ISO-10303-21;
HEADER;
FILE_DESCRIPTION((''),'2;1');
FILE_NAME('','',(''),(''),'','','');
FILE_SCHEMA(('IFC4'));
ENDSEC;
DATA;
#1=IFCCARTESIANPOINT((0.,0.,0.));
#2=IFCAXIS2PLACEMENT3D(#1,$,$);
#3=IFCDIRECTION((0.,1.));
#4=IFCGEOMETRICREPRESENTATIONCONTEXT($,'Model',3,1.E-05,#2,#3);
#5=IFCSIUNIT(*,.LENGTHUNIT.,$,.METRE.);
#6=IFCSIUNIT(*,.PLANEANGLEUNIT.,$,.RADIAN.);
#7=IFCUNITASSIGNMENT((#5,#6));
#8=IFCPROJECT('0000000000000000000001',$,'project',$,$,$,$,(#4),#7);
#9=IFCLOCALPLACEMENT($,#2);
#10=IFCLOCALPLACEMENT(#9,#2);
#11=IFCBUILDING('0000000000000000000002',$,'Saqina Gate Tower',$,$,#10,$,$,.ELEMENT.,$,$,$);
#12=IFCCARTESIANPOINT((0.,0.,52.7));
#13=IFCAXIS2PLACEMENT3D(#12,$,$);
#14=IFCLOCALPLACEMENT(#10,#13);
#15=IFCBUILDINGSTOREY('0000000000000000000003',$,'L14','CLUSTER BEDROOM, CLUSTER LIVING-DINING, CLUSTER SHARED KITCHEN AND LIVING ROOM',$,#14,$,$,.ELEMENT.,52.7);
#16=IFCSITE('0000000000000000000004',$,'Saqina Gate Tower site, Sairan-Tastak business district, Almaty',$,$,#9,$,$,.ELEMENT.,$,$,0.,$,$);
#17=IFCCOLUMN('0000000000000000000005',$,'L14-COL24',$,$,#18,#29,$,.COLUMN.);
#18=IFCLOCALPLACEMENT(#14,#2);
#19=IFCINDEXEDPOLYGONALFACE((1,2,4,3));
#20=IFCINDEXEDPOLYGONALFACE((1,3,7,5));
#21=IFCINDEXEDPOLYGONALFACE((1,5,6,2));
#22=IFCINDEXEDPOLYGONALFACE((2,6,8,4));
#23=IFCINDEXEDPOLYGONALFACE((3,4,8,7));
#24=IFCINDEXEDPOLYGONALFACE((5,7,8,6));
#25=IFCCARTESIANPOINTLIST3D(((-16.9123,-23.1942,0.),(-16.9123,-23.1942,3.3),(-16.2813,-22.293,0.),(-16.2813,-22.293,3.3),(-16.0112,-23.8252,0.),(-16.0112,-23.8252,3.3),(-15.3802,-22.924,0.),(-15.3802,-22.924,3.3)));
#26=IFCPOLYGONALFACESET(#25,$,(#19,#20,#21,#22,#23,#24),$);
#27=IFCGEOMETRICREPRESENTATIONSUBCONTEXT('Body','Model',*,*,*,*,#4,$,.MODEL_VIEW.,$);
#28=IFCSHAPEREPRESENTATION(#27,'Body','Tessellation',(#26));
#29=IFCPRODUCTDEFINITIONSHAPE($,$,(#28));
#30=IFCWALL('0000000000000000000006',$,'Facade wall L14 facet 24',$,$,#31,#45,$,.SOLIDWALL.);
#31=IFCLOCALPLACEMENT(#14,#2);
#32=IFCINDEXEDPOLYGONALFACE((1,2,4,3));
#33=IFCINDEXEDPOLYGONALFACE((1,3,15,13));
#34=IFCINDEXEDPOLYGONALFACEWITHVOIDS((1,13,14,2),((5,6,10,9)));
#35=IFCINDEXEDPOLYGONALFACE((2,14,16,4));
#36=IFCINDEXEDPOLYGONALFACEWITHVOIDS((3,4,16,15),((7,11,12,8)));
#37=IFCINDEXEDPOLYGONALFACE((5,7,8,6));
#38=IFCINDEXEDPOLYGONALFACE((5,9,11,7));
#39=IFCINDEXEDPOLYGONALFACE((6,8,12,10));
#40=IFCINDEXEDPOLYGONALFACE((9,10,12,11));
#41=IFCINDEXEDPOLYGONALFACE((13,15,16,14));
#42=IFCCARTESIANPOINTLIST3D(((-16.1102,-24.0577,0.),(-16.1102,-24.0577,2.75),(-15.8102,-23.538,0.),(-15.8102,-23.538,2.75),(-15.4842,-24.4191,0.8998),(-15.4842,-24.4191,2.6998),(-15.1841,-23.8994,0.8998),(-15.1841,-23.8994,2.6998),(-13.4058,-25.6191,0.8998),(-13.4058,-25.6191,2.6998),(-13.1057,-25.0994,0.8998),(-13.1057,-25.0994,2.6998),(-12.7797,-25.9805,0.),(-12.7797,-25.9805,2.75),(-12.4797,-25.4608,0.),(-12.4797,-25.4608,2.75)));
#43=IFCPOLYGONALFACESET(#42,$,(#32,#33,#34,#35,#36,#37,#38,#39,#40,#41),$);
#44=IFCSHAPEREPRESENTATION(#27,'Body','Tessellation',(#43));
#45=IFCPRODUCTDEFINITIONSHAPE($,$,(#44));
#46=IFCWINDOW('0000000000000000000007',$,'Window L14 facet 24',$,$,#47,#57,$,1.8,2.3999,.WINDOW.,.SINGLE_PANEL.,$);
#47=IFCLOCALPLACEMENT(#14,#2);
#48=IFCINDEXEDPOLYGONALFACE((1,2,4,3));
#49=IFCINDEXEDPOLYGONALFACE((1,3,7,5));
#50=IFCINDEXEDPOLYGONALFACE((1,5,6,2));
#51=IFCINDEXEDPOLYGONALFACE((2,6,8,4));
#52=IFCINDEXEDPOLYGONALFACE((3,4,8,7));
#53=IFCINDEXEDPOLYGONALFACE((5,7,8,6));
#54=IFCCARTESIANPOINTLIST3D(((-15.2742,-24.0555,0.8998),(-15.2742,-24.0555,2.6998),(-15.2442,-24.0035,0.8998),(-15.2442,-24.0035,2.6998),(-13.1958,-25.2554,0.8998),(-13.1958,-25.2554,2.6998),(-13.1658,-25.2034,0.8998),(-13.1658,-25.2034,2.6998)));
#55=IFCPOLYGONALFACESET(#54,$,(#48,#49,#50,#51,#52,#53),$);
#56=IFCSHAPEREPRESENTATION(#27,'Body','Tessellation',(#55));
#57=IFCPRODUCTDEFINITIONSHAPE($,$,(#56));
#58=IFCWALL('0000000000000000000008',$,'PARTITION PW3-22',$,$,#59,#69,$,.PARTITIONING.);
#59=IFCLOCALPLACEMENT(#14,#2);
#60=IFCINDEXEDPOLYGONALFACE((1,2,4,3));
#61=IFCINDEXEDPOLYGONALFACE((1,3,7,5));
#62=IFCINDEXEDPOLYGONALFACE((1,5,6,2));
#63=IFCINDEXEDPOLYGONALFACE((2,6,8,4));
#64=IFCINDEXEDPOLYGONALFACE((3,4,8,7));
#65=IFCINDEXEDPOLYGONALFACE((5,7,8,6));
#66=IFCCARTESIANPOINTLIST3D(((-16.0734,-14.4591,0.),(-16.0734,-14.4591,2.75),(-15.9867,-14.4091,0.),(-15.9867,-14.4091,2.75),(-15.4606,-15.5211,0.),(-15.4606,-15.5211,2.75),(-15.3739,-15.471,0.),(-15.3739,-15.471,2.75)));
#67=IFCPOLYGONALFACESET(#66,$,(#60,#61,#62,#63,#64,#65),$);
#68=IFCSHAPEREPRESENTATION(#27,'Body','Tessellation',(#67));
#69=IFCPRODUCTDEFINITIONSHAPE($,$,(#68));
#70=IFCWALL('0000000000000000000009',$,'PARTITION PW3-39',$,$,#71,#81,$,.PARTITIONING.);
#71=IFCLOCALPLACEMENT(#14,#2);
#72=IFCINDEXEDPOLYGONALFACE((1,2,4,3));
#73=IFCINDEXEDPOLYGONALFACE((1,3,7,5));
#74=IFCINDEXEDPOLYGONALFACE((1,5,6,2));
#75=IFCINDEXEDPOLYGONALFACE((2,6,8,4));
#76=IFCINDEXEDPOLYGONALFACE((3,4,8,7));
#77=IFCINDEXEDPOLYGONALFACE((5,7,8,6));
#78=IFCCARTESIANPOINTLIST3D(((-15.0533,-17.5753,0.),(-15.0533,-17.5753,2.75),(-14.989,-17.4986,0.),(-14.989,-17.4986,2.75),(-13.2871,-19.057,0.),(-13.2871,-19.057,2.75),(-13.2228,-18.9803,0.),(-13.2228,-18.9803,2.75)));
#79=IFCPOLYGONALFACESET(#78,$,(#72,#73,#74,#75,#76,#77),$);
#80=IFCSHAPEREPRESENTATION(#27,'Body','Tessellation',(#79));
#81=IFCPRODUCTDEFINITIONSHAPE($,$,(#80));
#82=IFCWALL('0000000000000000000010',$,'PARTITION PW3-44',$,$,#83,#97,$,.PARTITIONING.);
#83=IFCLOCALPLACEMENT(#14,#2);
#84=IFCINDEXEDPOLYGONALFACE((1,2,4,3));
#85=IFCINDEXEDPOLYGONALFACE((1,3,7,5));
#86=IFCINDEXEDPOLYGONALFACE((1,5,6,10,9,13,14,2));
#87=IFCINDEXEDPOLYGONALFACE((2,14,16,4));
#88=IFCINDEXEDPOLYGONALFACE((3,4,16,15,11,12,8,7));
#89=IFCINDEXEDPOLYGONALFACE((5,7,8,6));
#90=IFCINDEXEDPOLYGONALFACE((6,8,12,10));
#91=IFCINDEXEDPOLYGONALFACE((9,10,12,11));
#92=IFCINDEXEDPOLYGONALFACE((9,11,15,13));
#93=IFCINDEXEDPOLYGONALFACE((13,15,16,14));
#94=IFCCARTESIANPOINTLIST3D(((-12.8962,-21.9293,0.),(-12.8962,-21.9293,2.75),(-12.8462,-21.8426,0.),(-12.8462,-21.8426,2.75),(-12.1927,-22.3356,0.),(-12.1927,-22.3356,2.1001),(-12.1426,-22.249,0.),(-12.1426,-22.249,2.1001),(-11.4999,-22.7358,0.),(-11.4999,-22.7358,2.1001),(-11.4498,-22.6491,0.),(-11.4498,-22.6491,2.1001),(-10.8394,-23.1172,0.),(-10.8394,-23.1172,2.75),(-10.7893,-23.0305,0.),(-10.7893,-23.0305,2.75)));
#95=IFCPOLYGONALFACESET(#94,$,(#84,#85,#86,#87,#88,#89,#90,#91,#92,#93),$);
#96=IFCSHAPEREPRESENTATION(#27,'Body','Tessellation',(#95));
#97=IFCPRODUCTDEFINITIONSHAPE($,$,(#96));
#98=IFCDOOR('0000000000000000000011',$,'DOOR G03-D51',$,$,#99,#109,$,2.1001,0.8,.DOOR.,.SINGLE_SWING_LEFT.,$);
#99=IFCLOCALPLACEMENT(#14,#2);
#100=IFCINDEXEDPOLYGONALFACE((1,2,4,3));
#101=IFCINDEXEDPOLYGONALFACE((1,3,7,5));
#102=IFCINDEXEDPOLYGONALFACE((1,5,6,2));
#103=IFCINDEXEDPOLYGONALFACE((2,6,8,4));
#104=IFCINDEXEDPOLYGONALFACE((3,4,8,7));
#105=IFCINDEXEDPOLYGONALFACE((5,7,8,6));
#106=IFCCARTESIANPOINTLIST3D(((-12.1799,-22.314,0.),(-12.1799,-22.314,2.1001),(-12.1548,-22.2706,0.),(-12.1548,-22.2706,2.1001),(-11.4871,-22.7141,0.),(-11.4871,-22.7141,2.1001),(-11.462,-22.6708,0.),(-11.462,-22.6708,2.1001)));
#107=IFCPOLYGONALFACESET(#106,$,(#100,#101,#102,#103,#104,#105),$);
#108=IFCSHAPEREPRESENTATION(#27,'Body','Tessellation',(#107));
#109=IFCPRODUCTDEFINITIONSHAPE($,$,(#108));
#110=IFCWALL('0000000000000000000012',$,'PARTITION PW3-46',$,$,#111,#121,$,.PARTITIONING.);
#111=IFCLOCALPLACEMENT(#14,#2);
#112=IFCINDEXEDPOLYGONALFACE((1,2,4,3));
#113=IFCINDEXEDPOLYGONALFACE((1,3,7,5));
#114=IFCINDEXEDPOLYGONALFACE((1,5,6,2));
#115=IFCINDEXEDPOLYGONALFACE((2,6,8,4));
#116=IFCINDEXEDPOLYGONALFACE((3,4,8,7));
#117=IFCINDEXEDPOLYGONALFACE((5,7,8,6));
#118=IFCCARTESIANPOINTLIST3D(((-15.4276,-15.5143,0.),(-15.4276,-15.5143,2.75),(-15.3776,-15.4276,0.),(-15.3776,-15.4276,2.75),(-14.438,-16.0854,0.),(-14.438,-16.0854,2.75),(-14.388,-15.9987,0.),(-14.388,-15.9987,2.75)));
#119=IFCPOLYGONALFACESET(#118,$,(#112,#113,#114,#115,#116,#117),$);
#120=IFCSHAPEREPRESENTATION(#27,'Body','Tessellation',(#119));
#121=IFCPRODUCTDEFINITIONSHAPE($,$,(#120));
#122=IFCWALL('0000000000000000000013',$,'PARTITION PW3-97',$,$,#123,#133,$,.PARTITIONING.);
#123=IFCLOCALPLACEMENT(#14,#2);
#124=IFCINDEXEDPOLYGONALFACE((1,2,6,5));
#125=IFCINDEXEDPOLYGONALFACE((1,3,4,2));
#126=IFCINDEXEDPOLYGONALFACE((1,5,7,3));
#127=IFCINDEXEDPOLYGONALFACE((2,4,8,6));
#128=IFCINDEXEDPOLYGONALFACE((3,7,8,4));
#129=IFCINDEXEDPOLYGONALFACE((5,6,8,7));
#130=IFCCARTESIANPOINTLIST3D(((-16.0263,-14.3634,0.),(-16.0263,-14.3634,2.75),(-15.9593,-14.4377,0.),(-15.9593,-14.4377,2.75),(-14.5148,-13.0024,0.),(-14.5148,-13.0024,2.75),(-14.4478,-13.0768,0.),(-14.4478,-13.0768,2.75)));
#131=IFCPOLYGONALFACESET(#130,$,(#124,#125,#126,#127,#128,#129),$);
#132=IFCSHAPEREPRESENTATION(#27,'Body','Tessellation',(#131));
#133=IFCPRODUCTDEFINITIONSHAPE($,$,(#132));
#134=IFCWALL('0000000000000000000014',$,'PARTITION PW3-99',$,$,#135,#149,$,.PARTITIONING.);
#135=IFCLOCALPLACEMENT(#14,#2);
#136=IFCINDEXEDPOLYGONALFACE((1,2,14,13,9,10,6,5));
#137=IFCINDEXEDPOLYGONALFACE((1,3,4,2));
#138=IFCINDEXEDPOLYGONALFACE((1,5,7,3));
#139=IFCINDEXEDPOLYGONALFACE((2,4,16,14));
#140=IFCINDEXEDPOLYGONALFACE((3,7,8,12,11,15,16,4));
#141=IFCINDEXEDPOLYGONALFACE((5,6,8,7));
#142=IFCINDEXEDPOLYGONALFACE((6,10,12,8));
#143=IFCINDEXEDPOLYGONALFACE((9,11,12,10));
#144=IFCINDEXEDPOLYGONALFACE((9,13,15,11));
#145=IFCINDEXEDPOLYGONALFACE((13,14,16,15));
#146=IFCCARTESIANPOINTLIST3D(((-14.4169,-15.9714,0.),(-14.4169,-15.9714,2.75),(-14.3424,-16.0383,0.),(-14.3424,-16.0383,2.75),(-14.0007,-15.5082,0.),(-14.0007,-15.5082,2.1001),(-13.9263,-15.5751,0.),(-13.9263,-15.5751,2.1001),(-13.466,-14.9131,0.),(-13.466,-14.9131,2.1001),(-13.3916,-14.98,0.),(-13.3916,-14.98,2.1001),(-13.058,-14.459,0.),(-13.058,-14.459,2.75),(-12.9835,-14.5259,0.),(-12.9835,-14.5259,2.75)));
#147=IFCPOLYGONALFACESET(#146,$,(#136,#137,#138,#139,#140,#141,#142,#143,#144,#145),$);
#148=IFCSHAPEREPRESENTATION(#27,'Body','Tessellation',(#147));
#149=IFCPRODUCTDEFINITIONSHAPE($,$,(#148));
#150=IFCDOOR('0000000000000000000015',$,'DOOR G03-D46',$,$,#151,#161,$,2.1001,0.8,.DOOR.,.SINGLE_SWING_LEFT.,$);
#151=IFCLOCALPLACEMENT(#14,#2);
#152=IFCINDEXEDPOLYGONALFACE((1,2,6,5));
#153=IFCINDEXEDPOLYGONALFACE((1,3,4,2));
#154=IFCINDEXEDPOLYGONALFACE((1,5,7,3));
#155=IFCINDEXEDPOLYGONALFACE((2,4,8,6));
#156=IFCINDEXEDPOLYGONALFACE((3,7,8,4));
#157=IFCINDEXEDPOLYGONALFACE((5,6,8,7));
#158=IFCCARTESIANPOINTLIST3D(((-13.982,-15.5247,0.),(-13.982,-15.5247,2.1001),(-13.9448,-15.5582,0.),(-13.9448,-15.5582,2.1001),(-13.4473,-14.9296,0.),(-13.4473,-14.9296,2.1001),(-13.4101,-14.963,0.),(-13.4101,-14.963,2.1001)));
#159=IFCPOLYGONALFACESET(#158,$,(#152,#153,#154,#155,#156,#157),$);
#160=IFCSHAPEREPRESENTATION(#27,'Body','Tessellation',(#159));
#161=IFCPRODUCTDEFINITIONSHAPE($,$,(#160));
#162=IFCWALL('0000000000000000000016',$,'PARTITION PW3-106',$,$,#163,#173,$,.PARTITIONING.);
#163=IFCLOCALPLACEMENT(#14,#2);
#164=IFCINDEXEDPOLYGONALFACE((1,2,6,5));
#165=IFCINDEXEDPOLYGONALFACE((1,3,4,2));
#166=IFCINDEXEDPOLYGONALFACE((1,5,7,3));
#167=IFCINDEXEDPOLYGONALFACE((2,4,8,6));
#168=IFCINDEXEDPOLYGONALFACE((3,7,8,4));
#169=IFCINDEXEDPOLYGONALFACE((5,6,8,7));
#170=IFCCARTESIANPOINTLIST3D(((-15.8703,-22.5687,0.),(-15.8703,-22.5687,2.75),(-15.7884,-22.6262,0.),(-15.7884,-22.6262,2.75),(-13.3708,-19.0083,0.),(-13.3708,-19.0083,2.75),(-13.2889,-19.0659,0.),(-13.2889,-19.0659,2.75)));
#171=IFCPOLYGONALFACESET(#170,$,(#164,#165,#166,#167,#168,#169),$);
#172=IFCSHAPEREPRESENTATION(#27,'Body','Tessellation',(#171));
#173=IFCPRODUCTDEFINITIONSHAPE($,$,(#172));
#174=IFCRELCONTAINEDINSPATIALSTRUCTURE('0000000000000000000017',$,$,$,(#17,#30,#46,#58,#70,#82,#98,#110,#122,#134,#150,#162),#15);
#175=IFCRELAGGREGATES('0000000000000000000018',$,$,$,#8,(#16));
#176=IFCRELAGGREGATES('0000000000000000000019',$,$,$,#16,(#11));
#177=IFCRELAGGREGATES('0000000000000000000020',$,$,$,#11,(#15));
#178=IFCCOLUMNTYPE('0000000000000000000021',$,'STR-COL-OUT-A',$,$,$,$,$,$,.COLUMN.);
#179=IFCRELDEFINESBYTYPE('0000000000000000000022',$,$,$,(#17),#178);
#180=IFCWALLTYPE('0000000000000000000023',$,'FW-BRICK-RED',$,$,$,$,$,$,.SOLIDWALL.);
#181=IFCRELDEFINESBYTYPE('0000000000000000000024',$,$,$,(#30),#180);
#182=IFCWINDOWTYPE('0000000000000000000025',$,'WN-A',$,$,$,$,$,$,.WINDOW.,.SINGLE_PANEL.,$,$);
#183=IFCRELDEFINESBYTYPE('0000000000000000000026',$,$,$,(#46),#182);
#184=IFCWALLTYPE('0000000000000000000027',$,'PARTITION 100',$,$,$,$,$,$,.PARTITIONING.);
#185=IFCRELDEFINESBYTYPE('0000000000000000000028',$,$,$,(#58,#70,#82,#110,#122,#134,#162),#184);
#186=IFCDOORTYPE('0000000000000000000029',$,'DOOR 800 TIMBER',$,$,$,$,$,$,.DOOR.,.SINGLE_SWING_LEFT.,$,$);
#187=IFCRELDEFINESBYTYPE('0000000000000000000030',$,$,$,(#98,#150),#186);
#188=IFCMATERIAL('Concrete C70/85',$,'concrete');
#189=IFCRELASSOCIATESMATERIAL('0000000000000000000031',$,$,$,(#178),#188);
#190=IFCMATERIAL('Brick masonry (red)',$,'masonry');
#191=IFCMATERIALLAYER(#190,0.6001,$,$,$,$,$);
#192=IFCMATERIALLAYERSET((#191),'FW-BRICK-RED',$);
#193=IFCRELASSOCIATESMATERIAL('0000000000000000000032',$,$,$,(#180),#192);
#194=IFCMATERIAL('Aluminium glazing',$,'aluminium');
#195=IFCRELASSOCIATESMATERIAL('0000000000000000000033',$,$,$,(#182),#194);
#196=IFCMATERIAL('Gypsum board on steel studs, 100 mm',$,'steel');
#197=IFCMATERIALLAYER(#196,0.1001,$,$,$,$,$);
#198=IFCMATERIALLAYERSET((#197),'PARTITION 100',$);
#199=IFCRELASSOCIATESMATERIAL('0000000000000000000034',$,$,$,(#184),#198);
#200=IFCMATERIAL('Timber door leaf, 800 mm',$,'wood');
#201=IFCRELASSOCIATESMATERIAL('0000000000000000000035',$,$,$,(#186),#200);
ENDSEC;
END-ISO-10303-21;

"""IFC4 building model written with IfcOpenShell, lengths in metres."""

from ifc_helpers import new_model, si_unit, direction, frame, frame_2d, origin, origin_2d, place, context, subcontext, project, spatial, rectangle, extrude, material, layer, layer_set, material_profile, profile_set, type_object, element, fill, save


model = new_model("IFC4")

# Units and contexts
model_context = context("Model", 3, precision=1e-05, world=origin(), true_north=direction((0.0, 1.0)))
body_context = subcontext(model_context, "Body", "Model", "MODEL_VIEW")
ifc_project = project(units=[si_unit("LENGTHUNIT", "METRE"), si_unit("PLANEANGLEUNIT", "RADIAN")], contexts=[model_context])

# Site, building, storey
site_placement = place(None, origin())
site = spatial("IfcSite", under=ifc_project, at=site_placement, Name="Saqina Gate Tower site, Sairan-Tastak business district, Almaty", CompositionType="ELEMENT", RefElevation=0.0)
building_placement = place(site_placement, origin())
building = spatial("IfcBuilding", under=site, at=building_placement, Name="Saqina Gate Tower", CompositionType="ELEMENT")
storey_placement = place(building_placement, frame((0.0, 0.0, 52.7)))
storey = spatial("IfcBuildingStorey", under=building, at=storey_placement, Name="L14", Description="CLUSTER BEDROOM, CLUSTER LIVING-DINING, CLUSTER SHARED KITCHEN AND LIVING ROOM", CompositionType="ELEMENT", Elevation=52.7)

# Column
ifc_material_1 = material(Name="Concrete C70/85", Category="concrete")
ifc_material_profile = material_profile(ifc_material_1, rectangle(XDim=1.1001, YDim=1.1001, at=origin_2d()), Name="RC 1100x1100")
ifc_profile_set = profile_set([ifc_material_profile], Name="Concrete C70/85")
column_type = type_object("IfcColumnType", Name="STR-COL-OUT-A", PredefinedType="COLUMN", material=ifc_profile_set)
column_placement = place(storey_placement, frame((-16.1462, -23.0591, 0.0), z_axis=(0.0, 0.0, 1.0), x_axis=(-0.573576, -0.819152, 0.0)))
element("IfcColumn", 1, at=column_placement, inside=storey, type_object=column_type, Name="L14-COL24", PredefinedType="COLUMN", context=body_context, shape_type="SweptSolid", body=[
    extrude(rectangle(XDim=1.1001, YDim=1.1001, at=origin_2d()), origin(), (0.0, 0.0, 1.0), 3.3),
])

# Wall, opening, window
ifc_material_2 = material(Name="Brick masonry (red)", Category="masonry")
ifc_layer_1 = layer(ifc_material_2, 0.6001)
ifc_layer_set_1 = layer_set([ifc_layer_1], Name="FW-BRICK-RED")
wall_type_1 = type_object("IfcWallType", Name="FW-BRICK-RED", PredefinedType="SOLIDWALL", material=ifc_layer_set_1)
wall_1_placement = place(storey_placement, frame((-15.9602, -23.7979, 0.0), z_axis=(0.0, 0.0, 1.0), x_axis=(0.866031, -0.49999, 0.0)))
wall_1 = element("IfcWall", 2, at=wall_1_placement, inside=storey, type_object=wall_type_1, Name="Facade wall L14 facet 24", PredefinedType="SOLIDWALL", context=body_context, shape_type="SweptSolid", body=[
    extrude(rectangle(XDim=3.8457, YDim=0.6001, at=frame_2d((1.9229, 0.0))), origin(), (0.0, 0.0, 1.0), 2.75),
])
opening_1_placement = place(wall_1_placement, frame((0.7229, 0.0, 0.8999)))
opening_1 = element("IfcOpeningElement", 3, at=opening_1_placement, cuts=wall_1, PredefinedType="OPENING", context=body_context, shape_type="SweptSolid", body=[
    extrude(rectangle(XDim=2.3999, YDim=1.8, at=frame_2d((1.2, 0.8999))), frame((0.0, 0.312, 0.0), z_axis=(0.0, -1.0, 0.0), x_axis=(1.0, 0.0, 0.0)), (0.0, 0.0, 1.0), 0.624),
])
ifc_material_3 = material(Name="Aluminium glazing", Category="aluminium")
window_type = type_object("IfcWindowType", Name="WN-A", PartitioningType="SINGLE_PANEL", PredefinedType="WINDOW", material=ifc_material_3)
window_placement = place(opening_1_placement, origin())
window = element("IfcWindow", 4, at=window_placement, inside=storey, type_object=window_type, Name="Window L14 facet 24", OverallHeight=1.8, OverallWidth=2.3999, PartitioningType="SINGLE_PANEL", PredefinedType="WINDOW", context=body_context, shape_type="SweptSolid", body=[
    extrude(rectangle(XDim=2.3999, YDim=1.8, at=frame_2d((1.2, 0.8999))), frame((0.0, 0.1799, 0.0), z_axis=(0.0, -1.0, 0.0), x_axis=(1.0, 0.0, 0.0)), (0.0, 0.0, 1.0), 0.0601),
])
fill(opening_1, window)

# Walls
ifc_material_4 = material(Name="Gypsum board on steel studs, 100 mm", Category="steel")
ifc_layer_2 = layer(ifc_material_4, 0.1001)
ifc_layer_set_2 = layer_set([ifc_layer_2], Name="PARTITION 100")
wall_type_2 = type_object("IfcWallType", Name="PARTITION 100", PredefinedType="PARTITIONING", material=ifc_layer_set_2)
wall_2_placement = place(storey_placement, frame((-16.03, -14.4341, 0.0), z_axis=(0.0, 0.0, 1.0), x_axis=(0.49978, -0.866152, 0.0)))
element("IfcWall", 5, at=wall_2_placement, inside=storey, type_object=wall_type_2, Name="PARTITION PW3-22", PredefinedType="PARTITIONING", context=body_context, shape_type="SweptSolid", body=[
    extrude(rectangle(XDim=1.2261, YDim=0.1001, at=frame_2d((0.613, 0.0))), origin(), (0.0, 0.0, 1.0), 2.75),
])
wall_3_placement = place(storey_placement, frame((-15.0212, -17.5369, 0.0), z_axis=(0.0, 0.0, 1.0), x_axis=(0.766099, -0.642723, 0.0)))
element("IfcWall", 6, at=wall_3_placement, inside=storey, type_object=wall_type_2, Name="PARTITION PW3-39", PredefinedType="PARTITIONING", context=body_context, shape_type="SweptSolid", body=[
    extrude(rectangle(XDim=2.3054, YDim=0.1001, at=frame_2d((1.1528, 0.0))), origin(), (0.0, 0.0, 1.0), 2.75),
])

# Wall, opening, door
wall_4_placement = place(storey_placement, frame((-12.8711, -21.886, 0.0), z_axis=(0.0, 0.0, 1.0), x_axis=(0.865944, -0.500141, 0.0)))
wall_4 = element("IfcWall", 7, at=wall_4_placement, inside=storey, type_object=wall_type_2, Name="PARTITION PW3-44", PredefinedType="PARTITIONING", context=body_context, shape_type="SweptSolid", body=[
    extrude(rectangle(XDim=2.3752, YDim=0.1001, at=frame_2d((1.1875, 0.0))), origin(), (0.0, 0.0, 1.0), 2.75),
])
opening_2_placement = place(wall_4_placement, frame((0.8125, 0.0, 0.0)))
opening_2 = element("IfcOpeningElement", 8, at=opening_2_placement, cuts=wall_4, PredefinedType="OPENING", context=body_context, shape_type="SweptSolid", body=[
    extrude(rectangle(XDim=0.8, YDim=2.1001, at=frame_2d((0.3999, 1.05))), frame((0.0, 0.062, 0.0), z_axis=(0.0, -1.0, 0.0), x_axis=(1.0, 0.0, 0.0)), (0.0, 0.0, 1.0), 0.124),
])
ifc_material_5 = material(Name="Timber door leaf, 800 mm", Category="wood")
door_type_1 = type_object("IfcDoorType", Name="DOOR 800 TIMBER", OperationType="SINGLE_SWING_LEFT", PredefinedType="DOOR", material=ifc_material_5)
door_1_placement = place(opening_2_placement, frame((0.8, 0.0, 0.0), z_axis=(0.0, 0.0, 1.0), x_axis=(-1.0, 0.0, 0.0)))
door_1 = element("IfcDoor", 9, at=door_1_placement, inside=storey, type_object=door_type_1, Name="DOOR G03-D51", OperationType="SINGLE_SWING_LEFT", OverallHeight=2.1001, OverallWidth=0.8, PredefinedType="DOOR", context=body_context, shape_type="SweptSolid", body=[
    extrude(rectangle(XDim=0.8, YDim=2.1001, at=frame_2d((0.3999, 1.05))), frame((0.0, 0.0249, 0.0), z_axis=(0.0, -1.0, 0.0), x_axis=(1.0, 0.0, 0.0)), (0.0, 0.0, 1.0), 0.05),
])
fill(opening_2, door_1)

# Walls
wall_5_placement = place(storey_placement, frame((-15.4026, -15.4709, 0.0), z_axis=(0.0, 0.0, 1.0), x_axis=(0.866118, -0.49984, 0.0)))
element("IfcWall", 10, at=wall_5_placement, inside=storey, type_object=wall_type_2, Name="PARTITION PW3-46", PredefinedType="PARTITIONING", context=body_context, shape_type="SweptSolid", body=[
    extrude(rectangle(XDim=1.1426, YDim=0.1001, at=frame_2d((0.5713, 0.0))), origin(), (0.0, 0.0, 1.0), 2.75),
])
wall_6_placement = place(storey_placement, frame((-15.9929, -14.4006, 0.0), z_axis=(0.0, 0.0, 1.0), x_axis=(0.743169, 0.669104, 0.0)))
element("IfcWall", 11, at=wall_6_placement, inside=storey, type_object=wall_type_2, Name="PARTITION PW3-97", PredefinedType="PARTITIONING", context=body_context, shape_type="SweptSolid", body=[
    extrude(rectangle(XDim=2.0339, YDim=0.1001, at=frame_2d((1.0171, 0.0))), origin(), (0.0, 0.0, 1.0), 2.75),
])

# Wall, opening, door
wall_7_placement = place(storey_placement, frame((-14.3796, -16.0049, 0.0), z_axis=(0.0, 0.0, 1.0), x_axis=(0.668334, 0.743861, 0.0)))
wall_7 = element("IfcWall", 12, at=wall_7_placement, inside=storey, type_object=wall_type_2, Name="PARTITION PW3-99", PredefinedType="PARTITIONING", context=body_context, shape_type="SweptSolid", body=[
    extrude(rectangle(XDim=2.0332, YDim=0.1001, at=frame_2d((1.0166, 0.0))), origin(), (0.0, 0.0, 1.0), 2.75),
])
opening_3_placement = place(wall_7_placement, frame((0.6228, 0.0, 0.0)))
opening_3 = element("IfcOpeningElement", 13, at=opening_3_placement, cuts=wall_7, PredefinedType="OPENING", context=body_context, shape_type="SweptSolid", body=[
    extrude(rectangle(XDim=0.8, YDim=2.1001, at=frame_2d((0.3999, 1.05))), frame((0.0, 0.062, 0.0), z_axis=(0.0, -1.0, 0.0), x_axis=(1.0, 0.0, 0.0)), (0.0, 0.0, 1.0), 0.124),
])
door_2_placement = place(opening_3_placement, frame((0.8, 0.0, 0.0), z_axis=(0.0, 0.0, 1.0), x_axis=(-1.0, 0.0, 0.0)))
door_2 = element("IfcDoor", 14, at=door_2_placement, inside=storey, type_object=door_type_1, Name="DOOR G03-D46", OperationType="SINGLE_SWING_LEFT", OverallHeight=2.1001, OverallWidth=0.8, PredefinedType="DOOR", context=body_context, shape_type="SweptSolid", body=[
    extrude(rectangle(XDim=0.8, YDim=2.1001, at=frame_2d((0.3999, 1.05))), frame((0.0, 0.0249, 0.0), z_axis=(0.0, -1.0, 0.0), x_axis=(1.0, 0.0, 0.0)), (0.0, 0.0, 1.0), 0.05),
])
fill(opening_3, door_2)

# Wall
wall_8_placement = place(storey_placement, frame((-15.8293, -22.5974, 0.0), z_axis=(0.0, 0.0, 1.0), x_axis=(0.574588, 0.818443, 0.0)))
element("IfcWall", 15, at=wall_8_placement, inside=storey, type_object=wall_type_2, Name="PARTITION PW3-106", PredefinedType="PARTITIONING", context=body_context, shape_type="SweptSolid", body=[
    extrude(rectangle(XDim=4.3501, YDim=0.1001, at=frame_2d((2.175, 0.0))), origin(), (0.0, 0.0, 1.0), 2.75),
])

save(model, "model.ifc")
